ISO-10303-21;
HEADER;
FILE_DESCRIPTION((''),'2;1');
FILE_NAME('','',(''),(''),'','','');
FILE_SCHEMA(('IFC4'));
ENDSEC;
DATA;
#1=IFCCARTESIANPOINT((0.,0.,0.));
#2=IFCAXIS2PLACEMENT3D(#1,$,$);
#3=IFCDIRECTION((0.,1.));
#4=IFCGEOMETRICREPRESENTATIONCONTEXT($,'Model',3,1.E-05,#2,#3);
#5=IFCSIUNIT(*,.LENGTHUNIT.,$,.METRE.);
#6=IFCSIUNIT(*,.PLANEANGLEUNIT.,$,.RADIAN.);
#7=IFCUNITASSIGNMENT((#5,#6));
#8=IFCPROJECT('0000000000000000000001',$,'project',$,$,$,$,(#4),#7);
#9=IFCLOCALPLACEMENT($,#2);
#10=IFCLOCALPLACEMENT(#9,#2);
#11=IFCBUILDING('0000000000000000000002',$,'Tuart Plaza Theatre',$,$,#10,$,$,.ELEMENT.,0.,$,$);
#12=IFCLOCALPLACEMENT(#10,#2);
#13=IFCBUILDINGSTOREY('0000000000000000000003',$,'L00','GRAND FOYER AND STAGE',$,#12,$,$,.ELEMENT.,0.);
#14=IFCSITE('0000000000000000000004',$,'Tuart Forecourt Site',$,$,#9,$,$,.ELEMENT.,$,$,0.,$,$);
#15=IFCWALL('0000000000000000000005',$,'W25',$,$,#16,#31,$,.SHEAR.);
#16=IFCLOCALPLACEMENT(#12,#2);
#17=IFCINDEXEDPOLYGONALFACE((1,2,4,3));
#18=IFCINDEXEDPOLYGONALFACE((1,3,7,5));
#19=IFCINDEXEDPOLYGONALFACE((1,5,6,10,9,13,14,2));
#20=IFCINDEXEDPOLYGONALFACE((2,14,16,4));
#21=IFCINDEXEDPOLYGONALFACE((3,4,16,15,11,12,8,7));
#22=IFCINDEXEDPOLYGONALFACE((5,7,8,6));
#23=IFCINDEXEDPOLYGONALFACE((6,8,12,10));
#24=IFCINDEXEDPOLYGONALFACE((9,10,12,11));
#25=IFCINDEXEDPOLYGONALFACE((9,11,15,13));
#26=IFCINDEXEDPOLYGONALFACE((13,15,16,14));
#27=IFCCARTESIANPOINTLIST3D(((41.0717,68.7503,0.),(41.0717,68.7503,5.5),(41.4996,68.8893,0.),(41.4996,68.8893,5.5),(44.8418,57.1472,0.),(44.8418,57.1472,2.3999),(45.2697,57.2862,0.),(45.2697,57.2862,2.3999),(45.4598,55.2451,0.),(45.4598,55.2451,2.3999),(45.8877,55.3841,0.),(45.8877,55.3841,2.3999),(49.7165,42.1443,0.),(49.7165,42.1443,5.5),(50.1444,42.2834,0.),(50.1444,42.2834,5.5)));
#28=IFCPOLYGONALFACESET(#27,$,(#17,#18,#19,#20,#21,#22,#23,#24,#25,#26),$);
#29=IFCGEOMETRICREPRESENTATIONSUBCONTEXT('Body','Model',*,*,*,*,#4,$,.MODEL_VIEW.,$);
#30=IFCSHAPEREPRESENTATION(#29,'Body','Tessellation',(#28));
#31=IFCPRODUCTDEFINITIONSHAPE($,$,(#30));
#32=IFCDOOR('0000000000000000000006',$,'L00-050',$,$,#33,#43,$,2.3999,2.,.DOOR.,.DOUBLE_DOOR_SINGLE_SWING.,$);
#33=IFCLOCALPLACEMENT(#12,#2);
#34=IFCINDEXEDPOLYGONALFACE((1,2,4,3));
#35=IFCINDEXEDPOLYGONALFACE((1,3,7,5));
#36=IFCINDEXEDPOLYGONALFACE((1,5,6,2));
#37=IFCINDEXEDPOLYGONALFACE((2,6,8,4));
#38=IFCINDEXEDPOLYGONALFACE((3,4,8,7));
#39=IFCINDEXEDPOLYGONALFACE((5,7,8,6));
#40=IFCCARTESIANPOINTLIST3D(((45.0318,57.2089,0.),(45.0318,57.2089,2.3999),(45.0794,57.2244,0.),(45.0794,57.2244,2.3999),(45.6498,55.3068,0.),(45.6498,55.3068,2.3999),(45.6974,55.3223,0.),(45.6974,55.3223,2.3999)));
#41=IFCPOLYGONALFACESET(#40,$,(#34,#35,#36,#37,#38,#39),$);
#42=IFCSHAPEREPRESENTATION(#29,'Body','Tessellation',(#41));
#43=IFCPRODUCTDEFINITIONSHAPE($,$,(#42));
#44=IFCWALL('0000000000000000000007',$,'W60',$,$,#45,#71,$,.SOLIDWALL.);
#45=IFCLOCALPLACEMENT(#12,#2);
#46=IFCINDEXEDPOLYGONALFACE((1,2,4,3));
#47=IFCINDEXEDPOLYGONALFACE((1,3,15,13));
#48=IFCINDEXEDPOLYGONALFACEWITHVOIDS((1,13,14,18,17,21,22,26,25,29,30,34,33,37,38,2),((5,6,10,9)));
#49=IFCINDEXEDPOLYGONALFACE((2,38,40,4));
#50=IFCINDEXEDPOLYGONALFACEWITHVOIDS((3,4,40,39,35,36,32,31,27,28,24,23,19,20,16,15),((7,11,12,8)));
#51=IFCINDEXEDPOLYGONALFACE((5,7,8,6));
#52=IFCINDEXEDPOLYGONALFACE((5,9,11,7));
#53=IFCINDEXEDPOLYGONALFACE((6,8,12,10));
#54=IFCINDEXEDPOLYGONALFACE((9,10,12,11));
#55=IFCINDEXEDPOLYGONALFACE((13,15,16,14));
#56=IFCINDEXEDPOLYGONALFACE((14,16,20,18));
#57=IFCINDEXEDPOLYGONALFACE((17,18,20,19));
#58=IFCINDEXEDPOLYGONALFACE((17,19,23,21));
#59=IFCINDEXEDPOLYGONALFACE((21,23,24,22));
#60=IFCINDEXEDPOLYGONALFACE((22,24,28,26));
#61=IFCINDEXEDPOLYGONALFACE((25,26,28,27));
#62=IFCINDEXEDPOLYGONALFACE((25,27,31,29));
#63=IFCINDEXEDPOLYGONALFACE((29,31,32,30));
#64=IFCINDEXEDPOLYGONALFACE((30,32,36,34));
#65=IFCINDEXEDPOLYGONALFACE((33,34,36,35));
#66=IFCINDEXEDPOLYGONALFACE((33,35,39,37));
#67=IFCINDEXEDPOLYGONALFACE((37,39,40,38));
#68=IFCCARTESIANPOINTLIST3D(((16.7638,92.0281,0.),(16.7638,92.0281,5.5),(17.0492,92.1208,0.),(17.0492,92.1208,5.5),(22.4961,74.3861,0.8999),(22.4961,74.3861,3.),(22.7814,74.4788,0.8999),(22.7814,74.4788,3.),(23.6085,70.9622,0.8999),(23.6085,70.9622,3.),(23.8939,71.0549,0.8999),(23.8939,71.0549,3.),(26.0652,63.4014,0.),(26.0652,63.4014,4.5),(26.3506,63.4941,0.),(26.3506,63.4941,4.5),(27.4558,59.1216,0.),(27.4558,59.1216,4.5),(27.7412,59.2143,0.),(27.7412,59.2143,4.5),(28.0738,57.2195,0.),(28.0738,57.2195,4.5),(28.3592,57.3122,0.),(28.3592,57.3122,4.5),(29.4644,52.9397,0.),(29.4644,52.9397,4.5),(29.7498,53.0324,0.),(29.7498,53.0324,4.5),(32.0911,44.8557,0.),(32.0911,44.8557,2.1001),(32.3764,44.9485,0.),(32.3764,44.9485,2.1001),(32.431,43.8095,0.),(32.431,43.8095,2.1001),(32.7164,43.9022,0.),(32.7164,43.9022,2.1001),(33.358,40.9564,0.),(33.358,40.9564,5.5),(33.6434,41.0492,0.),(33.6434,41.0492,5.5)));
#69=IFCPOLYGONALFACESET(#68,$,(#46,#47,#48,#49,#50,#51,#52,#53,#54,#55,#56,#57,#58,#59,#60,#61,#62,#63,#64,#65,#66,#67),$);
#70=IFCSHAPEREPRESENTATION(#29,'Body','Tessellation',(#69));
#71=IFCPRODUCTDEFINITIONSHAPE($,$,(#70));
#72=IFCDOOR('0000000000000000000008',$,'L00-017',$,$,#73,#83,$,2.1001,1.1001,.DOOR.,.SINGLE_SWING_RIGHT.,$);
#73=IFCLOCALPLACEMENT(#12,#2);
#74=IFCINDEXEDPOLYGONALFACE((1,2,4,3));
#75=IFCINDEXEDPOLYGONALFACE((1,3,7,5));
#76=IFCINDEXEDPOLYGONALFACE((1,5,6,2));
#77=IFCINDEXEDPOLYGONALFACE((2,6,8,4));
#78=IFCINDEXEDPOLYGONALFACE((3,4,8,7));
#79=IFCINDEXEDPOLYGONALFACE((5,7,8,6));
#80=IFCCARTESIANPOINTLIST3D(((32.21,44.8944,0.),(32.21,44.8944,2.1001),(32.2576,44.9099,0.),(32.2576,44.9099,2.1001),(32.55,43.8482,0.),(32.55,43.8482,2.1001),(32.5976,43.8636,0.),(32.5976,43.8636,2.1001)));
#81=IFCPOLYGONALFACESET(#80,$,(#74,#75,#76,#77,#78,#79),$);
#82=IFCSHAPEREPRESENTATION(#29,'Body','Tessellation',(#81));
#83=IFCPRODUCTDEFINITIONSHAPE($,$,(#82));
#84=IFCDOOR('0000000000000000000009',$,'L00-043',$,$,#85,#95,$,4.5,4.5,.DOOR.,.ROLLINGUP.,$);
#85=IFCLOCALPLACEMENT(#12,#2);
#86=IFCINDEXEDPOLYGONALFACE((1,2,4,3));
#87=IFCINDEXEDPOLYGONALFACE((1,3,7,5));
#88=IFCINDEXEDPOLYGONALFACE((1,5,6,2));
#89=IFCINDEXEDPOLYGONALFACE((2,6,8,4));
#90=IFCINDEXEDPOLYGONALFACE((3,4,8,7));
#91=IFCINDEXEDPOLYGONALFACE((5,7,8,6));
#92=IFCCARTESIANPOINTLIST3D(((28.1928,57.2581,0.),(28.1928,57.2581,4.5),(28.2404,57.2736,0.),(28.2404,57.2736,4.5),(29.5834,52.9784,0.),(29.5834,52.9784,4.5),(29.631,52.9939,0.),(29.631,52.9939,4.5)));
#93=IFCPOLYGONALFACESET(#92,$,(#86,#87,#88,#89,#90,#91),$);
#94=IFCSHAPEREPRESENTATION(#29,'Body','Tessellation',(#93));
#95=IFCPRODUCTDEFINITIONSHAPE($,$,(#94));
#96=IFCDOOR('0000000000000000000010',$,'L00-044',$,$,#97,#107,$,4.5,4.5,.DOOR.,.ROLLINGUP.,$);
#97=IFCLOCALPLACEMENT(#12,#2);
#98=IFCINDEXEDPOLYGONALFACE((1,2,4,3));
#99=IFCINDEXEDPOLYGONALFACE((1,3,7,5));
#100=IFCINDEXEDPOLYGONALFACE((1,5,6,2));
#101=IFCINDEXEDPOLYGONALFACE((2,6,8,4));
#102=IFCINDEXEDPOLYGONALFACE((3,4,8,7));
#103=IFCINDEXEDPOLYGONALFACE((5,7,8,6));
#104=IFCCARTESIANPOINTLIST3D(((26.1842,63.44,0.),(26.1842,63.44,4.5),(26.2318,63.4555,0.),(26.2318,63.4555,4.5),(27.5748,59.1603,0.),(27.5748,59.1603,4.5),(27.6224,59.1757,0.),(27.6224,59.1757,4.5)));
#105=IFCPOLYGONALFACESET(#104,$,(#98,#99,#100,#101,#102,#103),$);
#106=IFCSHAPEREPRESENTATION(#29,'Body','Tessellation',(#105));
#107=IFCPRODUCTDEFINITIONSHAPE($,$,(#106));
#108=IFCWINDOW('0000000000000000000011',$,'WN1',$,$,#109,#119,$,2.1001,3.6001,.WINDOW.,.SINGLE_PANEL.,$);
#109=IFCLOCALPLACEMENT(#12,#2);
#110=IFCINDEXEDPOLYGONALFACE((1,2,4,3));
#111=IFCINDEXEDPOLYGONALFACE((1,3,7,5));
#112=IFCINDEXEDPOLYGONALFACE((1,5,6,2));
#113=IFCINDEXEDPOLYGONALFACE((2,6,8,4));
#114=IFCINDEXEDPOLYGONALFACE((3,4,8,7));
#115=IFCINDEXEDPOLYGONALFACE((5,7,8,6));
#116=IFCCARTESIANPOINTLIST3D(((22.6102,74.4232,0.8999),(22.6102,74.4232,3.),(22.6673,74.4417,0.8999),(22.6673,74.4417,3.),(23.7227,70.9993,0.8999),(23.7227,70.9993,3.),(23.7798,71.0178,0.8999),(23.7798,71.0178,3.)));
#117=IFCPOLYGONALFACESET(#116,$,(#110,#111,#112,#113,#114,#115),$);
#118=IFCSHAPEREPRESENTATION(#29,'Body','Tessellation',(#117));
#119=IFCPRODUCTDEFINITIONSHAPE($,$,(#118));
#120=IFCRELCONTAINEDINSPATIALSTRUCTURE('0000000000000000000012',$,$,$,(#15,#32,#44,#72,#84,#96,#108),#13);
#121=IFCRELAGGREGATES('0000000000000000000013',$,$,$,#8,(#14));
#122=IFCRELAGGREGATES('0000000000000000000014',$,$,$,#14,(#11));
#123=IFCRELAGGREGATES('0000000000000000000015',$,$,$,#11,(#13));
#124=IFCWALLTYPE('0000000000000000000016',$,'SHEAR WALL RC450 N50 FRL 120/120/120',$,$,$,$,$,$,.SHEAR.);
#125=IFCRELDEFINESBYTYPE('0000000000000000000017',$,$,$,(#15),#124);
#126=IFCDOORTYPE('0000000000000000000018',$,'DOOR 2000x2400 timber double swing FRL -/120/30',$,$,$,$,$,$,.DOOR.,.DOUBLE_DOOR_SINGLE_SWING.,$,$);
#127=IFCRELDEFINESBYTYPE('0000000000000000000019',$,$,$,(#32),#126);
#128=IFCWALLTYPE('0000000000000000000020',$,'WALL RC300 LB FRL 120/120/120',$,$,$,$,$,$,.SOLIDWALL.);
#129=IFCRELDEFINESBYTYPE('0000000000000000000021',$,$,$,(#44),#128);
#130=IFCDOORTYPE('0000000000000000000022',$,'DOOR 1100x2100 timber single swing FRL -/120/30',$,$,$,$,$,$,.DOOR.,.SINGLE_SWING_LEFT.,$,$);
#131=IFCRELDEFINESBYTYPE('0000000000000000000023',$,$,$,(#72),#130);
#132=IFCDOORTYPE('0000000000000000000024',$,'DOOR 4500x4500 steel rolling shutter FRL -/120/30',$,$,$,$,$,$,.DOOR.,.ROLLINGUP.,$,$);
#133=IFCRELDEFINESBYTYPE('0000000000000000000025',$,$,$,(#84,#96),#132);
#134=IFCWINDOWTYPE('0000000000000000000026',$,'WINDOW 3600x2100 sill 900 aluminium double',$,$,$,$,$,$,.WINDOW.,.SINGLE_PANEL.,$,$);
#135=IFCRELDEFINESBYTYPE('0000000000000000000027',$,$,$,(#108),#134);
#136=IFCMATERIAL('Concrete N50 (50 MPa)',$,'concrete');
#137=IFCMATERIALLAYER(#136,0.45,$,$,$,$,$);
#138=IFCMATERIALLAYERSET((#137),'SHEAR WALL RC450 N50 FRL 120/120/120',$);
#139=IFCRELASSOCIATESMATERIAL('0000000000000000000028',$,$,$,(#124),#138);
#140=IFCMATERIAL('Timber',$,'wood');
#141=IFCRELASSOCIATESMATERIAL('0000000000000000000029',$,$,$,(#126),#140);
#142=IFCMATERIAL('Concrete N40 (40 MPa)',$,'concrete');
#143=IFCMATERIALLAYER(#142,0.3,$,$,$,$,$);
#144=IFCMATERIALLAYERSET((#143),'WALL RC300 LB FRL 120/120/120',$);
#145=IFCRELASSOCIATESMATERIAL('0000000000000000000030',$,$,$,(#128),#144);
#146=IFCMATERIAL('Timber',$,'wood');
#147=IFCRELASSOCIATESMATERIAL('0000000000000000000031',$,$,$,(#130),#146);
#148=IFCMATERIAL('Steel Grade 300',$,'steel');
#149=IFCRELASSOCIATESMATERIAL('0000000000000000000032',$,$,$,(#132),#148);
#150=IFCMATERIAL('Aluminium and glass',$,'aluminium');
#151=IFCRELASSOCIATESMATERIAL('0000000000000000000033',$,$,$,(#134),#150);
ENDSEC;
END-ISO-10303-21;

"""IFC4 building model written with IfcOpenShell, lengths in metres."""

from ifc_helpers import new_model, si_unit, direction, frame, frame_2d, origin, place, context, subcontext, project, spatial, rectangle, extrude, material, layer, layer_set, type_object, element, fill, save


model = new_model("IFC4")

# Units and contexts
model_context = context("Model", 3, precision=1e-05, world=origin(), true_north=direction((0.0, 1.0)))
body_context = subcontext(model_context, "Body", "Model", "MODEL_VIEW")
ifc_project = project(units=[si_unit("LENGTHUNIT", "METRE"), si_unit("PLANEANGLEUNIT", "RADIAN")], contexts=[model_context])

# Site, building, storey
site_placement = place(None, origin())
site = spatial("IfcSite", under=ifc_project, at=site_placement, Name="Tuart Forecourt Site", CompositionType="ELEMENT", RefElevation=0.0)
building_placement = place(site_placement, origin())
building = spatial("IfcBuilding", under=site, at=building_placement, Name="Tuart Plaza Theatre", CompositionType="ELEMENT", ElevationOfRefHeight=0.0)
storey_placement = place(building_placement, origin())
storey = spatial("IfcBuildingStorey", under=building, at=storey_placement, Name="L00", Description="GRAND FOYER AND STAGE", CompositionType="ELEMENT", Elevation=0.0)

# Shared definitions
ifc_material_1 = material(Name="Concrete N50 (50 MPa)", Category="concrete")
ifc_layer_1 = layer(ifc_material_1, 0.45)
ifc_layer_set_1 = layer_set([ifc_layer_1], Name="SHEAR WALL RC450 N50 FRL 120/120/120")
wall_type_1 = type_object("IfcWallType", Name="SHEAR WALL RC450 N50 FRL 120/120/120", PredefinedType="SHEAR", material=ifc_layer_set_1)

# Wall, opening, door
wall_1_placement = place(storey_placement, frame((49.9304, 42.2139, 0.0), z_axis=(0.0, 0.0, 1.0), x_axis=(-0.309016, 0.951057, 0.0)))
wall_1 = element("IfcWall", 1, at=wall_1_placement, inside=storey, type_object=wall_type_1, Name="W25", PredefinedType="SHEAR", context=body_context, shape_type="SweptSolid", body=[
    extrude(rectangle(XDim=27.9751, YDim=0.45, at=frame_2d((13.9875, 0.0))), origin(), (0.0, 0.0, 1.0), 5.5),
])
opening_1_placement = place(wall_1_placement, frame((13.7749, 0.0, 0.0)))
opening_1 = element("IfcOpeningElement", 2, at=opening_1_placement, cuts=wall_1, PredefinedType="OPENING", context=body_context, shape_type="SweptSolid", body=[
    extrude(rectangle(XDim=2.0, YDim=2.3999, at=frame_2d((1.0, 1.2))), frame((0.0, 0.2349, 0.0), z_axis=(0.0, -1.0, 0.0), x_axis=(1.0, 0.0, 0.0)), (0.0, 0.0, 1.0), 0.47),
])
ifc_material_2 = material(Name="Timber", Category="wood")
door_type_1 = type_object("IfcDoorType", Name="DOOR 2000x2400 timber double swing FRL -/120/30", OperationType="DOUBLE_DOOR_SINGLE_SWING", PredefinedType="DOOR", material=ifc_material_2)
door_1_placement = place(opening_1_placement, frame((2.0, 0.0, 0.0), z_axis=(0.0, 0.0, 1.0), x_axis=(-1.0, 0.0, 0.0)))
door_1 = element("IfcDoor", 3, at=door_1_placement, inside=storey, type_object=door_type_1, Name="L00-050", OperationType="DOUBLE_DOOR_SINGLE_SWING", OverallHeight=2.3999, OverallWidth=2.0, PredefinedType="DOOR", context=body_context, shape_type="SweptSolid", body=[
    extrude(rectangle(XDim=2.0, YDim=2.3999, at=frame_2d((1.0, 1.2))), frame((0.0, 0.0249, 0.0), z_axis=(0.0, -1.0, 0.0), x_axis=(1.0, 0.0, 0.0)), (0.0, 0.0, 1.0), 0.05),
])
fill(opening_1, door_1)

# Wall, openings, doors, window
ifc_material_3 = material(Name="Concrete N40 (40 MPa)", Category="concrete")
ifc_layer_2 = layer(ifc_material_3, 0.3)
ifc_layer_set_2 = layer_set([ifc_layer_2], Name="WALL RC300 LB FRL 120/120/120")
wall_type_2 = type_object("IfcWallType", Name="WALL RC300 LB FRL 120/120/120", PredefinedType="SOLIDWALL", material=ifc_layer_set_2)
wall_2_placement = place(storey_placement, frame((33.5007, 41.0027, 0.0), z_axis=(0.0, 0.0, 1.0), x_axis=(-0.309017, 0.951056, 0.0)))
wall_2 = element("IfcWall", 4, at=wall_2_placement, inside=storey, type_object=wall_type_2, Name="W60", PredefinedType="SOLIDWALL", context=body_context, shape_type="SweptSolid", body=[
    extrude(rectangle(XDim=53.7, YDim=0.3, at=frame_2d((26.8501, 0.0))), origin(), (0.0, 0.0, 1.0), 5.5),
])
opening_2_placement = place(wall_2_placement, frame((31.55, 0.0, 0.8999)))
opening_2 = element("IfcOpeningElement", 5, at=opening_2_placement, cuts=wall_2, PredefinedType="OPENING", context=body_context, shape_type="SweptSolid", body=[
    extrude(rectangle(XDim=3.6001, YDim=2.1001, at=frame_2d((1.8, 1.05))), frame((0.0, 0.1599, 0.0), z_axis=(0.0, -1.0, 0.0), x_axis=(1.0, 0.0, 0.0)), (0.0, 0.0, 1.0), 0.3201),
])
opening_3_placement = place(wall_2_placement, frame((3.0, 0.0, 0.0)))
opening_3 = element("IfcOpeningElement", 6, at=opening_3_placement, cuts=wall_2, PredefinedType="OPENING", context=body_context, shape_type="SweptSolid", body=[
    extrude(rectangle(XDim=1.1001, YDim=2.1001, at=frame_2d((0.55, 1.05))), frame((0.0, 0.1599, 0.0), z_axis=(0.0, -1.0, 0.0), x_axis=(1.0, 0.0, 0.0)), (0.0, 0.0, 1.0), 0.3201),
])
opening_4_placement = place(wall_2_placement, frame((12.6001, 0.0, 0.0)))
opening_4 = element("IfcOpeningElement", 7, at=opening_4_placement, cuts=wall_2, PredefinedType="OPENING", context=body_context, shape_type="SweptSolid", body=[
    extrude(rectangle(XDim=4.5, YDim=4.5, at=frame_2d((2.25, 2.25))), frame((0.0, 0.1599, 0.0), z_axis=(0.0, -1.0, 0.0), x_axis=(1.0, 0.0, 0.0)), (0.0, 0.0, 1.0), 0.3201),
])
opening_5_placement = place(wall_2_placement, frame((19.1001, 0.0, 0.0)))
opening_5 = element("IfcOpeningElement", 8, at=opening_5_placement, cuts=wall_2, PredefinedType="OPENING", context=body_context, shape_type="SweptSolid", body=[
    extrude(rectangle(XDim=4.5, YDim=4.5, at=frame_2d((2.25, 2.25))), frame((0.0, 0.1599, 0.0), z_axis=(0.0, -1.0, 0.0), x_axis=(1.0, 0.0, 0.0)), (0.0, 0.0, 1.0), 0.3201),
])
ifc_material_4 = material(Name="Timber", Category="wood")
door_type_2 = type_object("IfcDoorType", Name="DOOR 1100x2100 timber single swing FRL -/120/30", OperationType="SINGLE_SWING_LEFT", PredefinedType="DOOR", material=ifc_material_4)
door_2_placement = place(opening_3_placement, origin())
door_2 = element("IfcDoor", 9, at=door_2_placement, inside=storey, type_object=door_type_2, Name="L00-017", OperationType="SINGLE_SWING_RIGHT", OverallHeight=2.1001, OverallWidth=1.1001, PredefinedType="DOOR", context=body_context, shape_type="SweptSolid", body=[
    extrude(rectangle(XDim=1.1001, YDim=2.1001, at=frame_2d((0.55, 1.05))), frame((0.0, 0.0249, 0.0), z_axis=(0.0, -1.0, 0.0), x_axis=(1.0, 0.0, 0.0)), (0.0, 0.0, 1.0), 0.05),
])
fill(opening_3, door_2)
ifc_material_5 = material(Name="Steel Grade 300", Category="steel")
door_type_3 = type_object("IfcDoorType", Name="DOOR 4500x4500 steel rolling shutter FRL -/120/30", OperationType="ROLLINGUP", PredefinedType="DOOR", material=ifc_material_5)
door_3_placement = place(opening_4_placement, origin())
door_3 = element("IfcDoor", 10, at=door_3_placement, inside=storey, type_object=door_type_3, Name="L00-043", OperationType="ROLLINGUP", OverallHeight=4.5, OverallWidth=4.5, PredefinedType="DOOR", context=body_context, shape_type="SweptSolid", body=[
    extrude(rectangle(XDim=4.5, YDim=4.5, at=frame_2d((2.25, 2.25))), frame((0.0, 0.0249, 0.0), z_axis=(0.0, -1.0, 0.0), x_axis=(1.0, 0.0, 0.0)), (0.0, 0.0, 1.0), 0.05),
])
fill(opening_4, door_3)
door_4_placement = place(opening_5_placement, origin())
door_4 = element("IfcDoor", 11, at=door_4_placement, inside=storey, type_object=door_type_3, Name="L00-044", OperationType="ROLLINGUP", OverallHeight=4.5, OverallWidth=4.5, PredefinedType="DOOR", context=body_context, shape_type="SweptSolid", body=[
    extrude(rectangle(XDim=4.5, YDim=4.5, at=frame_2d((2.25, 2.25))), frame((0.0, 0.0249, 0.0), z_axis=(0.0, -1.0, 0.0), x_axis=(1.0, 0.0, 0.0)), (0.0, 0.0, 1.0), 0.05),
])
fill(opening_5, door_4)
ifc_material_6 = material(Name="Aluminium and glass", Category="aluminium")
window_type = type_object("IfcWindowType", Name="WINDOW 3600x2100 sill 900 aluminium double", PartitioningType="SINGLE_PANEL", PredefinedType="WINDOW", material=ifc_material_6)
window_placement = place(opening_2_placement, origin())
window = element("IfcWindow", 12, at=window_placement, inside=storey, type_object=window_type, Name="WN1", OverallHeight=2.1001, OverallWidth=3.6001, PartitioningType="SINGLE_PANEL", PredefinedType="WINDOW", context=body_context, shape_type="SweptSolid", body=[
    extrude(rectangle(XDim=3.6001, YDim=2.1001, at=frame_2d((1.8, 1.05))), frame((0.0, 0.03, 0.0), z_axis=(0.0, -1.0, 0.0), x_axis=(1.0, 0.0, 0.0)), (0.0, 0.0, 1.0), 0.0601),
])
fill(opening_2, window)

save(model, "model.ifc")
